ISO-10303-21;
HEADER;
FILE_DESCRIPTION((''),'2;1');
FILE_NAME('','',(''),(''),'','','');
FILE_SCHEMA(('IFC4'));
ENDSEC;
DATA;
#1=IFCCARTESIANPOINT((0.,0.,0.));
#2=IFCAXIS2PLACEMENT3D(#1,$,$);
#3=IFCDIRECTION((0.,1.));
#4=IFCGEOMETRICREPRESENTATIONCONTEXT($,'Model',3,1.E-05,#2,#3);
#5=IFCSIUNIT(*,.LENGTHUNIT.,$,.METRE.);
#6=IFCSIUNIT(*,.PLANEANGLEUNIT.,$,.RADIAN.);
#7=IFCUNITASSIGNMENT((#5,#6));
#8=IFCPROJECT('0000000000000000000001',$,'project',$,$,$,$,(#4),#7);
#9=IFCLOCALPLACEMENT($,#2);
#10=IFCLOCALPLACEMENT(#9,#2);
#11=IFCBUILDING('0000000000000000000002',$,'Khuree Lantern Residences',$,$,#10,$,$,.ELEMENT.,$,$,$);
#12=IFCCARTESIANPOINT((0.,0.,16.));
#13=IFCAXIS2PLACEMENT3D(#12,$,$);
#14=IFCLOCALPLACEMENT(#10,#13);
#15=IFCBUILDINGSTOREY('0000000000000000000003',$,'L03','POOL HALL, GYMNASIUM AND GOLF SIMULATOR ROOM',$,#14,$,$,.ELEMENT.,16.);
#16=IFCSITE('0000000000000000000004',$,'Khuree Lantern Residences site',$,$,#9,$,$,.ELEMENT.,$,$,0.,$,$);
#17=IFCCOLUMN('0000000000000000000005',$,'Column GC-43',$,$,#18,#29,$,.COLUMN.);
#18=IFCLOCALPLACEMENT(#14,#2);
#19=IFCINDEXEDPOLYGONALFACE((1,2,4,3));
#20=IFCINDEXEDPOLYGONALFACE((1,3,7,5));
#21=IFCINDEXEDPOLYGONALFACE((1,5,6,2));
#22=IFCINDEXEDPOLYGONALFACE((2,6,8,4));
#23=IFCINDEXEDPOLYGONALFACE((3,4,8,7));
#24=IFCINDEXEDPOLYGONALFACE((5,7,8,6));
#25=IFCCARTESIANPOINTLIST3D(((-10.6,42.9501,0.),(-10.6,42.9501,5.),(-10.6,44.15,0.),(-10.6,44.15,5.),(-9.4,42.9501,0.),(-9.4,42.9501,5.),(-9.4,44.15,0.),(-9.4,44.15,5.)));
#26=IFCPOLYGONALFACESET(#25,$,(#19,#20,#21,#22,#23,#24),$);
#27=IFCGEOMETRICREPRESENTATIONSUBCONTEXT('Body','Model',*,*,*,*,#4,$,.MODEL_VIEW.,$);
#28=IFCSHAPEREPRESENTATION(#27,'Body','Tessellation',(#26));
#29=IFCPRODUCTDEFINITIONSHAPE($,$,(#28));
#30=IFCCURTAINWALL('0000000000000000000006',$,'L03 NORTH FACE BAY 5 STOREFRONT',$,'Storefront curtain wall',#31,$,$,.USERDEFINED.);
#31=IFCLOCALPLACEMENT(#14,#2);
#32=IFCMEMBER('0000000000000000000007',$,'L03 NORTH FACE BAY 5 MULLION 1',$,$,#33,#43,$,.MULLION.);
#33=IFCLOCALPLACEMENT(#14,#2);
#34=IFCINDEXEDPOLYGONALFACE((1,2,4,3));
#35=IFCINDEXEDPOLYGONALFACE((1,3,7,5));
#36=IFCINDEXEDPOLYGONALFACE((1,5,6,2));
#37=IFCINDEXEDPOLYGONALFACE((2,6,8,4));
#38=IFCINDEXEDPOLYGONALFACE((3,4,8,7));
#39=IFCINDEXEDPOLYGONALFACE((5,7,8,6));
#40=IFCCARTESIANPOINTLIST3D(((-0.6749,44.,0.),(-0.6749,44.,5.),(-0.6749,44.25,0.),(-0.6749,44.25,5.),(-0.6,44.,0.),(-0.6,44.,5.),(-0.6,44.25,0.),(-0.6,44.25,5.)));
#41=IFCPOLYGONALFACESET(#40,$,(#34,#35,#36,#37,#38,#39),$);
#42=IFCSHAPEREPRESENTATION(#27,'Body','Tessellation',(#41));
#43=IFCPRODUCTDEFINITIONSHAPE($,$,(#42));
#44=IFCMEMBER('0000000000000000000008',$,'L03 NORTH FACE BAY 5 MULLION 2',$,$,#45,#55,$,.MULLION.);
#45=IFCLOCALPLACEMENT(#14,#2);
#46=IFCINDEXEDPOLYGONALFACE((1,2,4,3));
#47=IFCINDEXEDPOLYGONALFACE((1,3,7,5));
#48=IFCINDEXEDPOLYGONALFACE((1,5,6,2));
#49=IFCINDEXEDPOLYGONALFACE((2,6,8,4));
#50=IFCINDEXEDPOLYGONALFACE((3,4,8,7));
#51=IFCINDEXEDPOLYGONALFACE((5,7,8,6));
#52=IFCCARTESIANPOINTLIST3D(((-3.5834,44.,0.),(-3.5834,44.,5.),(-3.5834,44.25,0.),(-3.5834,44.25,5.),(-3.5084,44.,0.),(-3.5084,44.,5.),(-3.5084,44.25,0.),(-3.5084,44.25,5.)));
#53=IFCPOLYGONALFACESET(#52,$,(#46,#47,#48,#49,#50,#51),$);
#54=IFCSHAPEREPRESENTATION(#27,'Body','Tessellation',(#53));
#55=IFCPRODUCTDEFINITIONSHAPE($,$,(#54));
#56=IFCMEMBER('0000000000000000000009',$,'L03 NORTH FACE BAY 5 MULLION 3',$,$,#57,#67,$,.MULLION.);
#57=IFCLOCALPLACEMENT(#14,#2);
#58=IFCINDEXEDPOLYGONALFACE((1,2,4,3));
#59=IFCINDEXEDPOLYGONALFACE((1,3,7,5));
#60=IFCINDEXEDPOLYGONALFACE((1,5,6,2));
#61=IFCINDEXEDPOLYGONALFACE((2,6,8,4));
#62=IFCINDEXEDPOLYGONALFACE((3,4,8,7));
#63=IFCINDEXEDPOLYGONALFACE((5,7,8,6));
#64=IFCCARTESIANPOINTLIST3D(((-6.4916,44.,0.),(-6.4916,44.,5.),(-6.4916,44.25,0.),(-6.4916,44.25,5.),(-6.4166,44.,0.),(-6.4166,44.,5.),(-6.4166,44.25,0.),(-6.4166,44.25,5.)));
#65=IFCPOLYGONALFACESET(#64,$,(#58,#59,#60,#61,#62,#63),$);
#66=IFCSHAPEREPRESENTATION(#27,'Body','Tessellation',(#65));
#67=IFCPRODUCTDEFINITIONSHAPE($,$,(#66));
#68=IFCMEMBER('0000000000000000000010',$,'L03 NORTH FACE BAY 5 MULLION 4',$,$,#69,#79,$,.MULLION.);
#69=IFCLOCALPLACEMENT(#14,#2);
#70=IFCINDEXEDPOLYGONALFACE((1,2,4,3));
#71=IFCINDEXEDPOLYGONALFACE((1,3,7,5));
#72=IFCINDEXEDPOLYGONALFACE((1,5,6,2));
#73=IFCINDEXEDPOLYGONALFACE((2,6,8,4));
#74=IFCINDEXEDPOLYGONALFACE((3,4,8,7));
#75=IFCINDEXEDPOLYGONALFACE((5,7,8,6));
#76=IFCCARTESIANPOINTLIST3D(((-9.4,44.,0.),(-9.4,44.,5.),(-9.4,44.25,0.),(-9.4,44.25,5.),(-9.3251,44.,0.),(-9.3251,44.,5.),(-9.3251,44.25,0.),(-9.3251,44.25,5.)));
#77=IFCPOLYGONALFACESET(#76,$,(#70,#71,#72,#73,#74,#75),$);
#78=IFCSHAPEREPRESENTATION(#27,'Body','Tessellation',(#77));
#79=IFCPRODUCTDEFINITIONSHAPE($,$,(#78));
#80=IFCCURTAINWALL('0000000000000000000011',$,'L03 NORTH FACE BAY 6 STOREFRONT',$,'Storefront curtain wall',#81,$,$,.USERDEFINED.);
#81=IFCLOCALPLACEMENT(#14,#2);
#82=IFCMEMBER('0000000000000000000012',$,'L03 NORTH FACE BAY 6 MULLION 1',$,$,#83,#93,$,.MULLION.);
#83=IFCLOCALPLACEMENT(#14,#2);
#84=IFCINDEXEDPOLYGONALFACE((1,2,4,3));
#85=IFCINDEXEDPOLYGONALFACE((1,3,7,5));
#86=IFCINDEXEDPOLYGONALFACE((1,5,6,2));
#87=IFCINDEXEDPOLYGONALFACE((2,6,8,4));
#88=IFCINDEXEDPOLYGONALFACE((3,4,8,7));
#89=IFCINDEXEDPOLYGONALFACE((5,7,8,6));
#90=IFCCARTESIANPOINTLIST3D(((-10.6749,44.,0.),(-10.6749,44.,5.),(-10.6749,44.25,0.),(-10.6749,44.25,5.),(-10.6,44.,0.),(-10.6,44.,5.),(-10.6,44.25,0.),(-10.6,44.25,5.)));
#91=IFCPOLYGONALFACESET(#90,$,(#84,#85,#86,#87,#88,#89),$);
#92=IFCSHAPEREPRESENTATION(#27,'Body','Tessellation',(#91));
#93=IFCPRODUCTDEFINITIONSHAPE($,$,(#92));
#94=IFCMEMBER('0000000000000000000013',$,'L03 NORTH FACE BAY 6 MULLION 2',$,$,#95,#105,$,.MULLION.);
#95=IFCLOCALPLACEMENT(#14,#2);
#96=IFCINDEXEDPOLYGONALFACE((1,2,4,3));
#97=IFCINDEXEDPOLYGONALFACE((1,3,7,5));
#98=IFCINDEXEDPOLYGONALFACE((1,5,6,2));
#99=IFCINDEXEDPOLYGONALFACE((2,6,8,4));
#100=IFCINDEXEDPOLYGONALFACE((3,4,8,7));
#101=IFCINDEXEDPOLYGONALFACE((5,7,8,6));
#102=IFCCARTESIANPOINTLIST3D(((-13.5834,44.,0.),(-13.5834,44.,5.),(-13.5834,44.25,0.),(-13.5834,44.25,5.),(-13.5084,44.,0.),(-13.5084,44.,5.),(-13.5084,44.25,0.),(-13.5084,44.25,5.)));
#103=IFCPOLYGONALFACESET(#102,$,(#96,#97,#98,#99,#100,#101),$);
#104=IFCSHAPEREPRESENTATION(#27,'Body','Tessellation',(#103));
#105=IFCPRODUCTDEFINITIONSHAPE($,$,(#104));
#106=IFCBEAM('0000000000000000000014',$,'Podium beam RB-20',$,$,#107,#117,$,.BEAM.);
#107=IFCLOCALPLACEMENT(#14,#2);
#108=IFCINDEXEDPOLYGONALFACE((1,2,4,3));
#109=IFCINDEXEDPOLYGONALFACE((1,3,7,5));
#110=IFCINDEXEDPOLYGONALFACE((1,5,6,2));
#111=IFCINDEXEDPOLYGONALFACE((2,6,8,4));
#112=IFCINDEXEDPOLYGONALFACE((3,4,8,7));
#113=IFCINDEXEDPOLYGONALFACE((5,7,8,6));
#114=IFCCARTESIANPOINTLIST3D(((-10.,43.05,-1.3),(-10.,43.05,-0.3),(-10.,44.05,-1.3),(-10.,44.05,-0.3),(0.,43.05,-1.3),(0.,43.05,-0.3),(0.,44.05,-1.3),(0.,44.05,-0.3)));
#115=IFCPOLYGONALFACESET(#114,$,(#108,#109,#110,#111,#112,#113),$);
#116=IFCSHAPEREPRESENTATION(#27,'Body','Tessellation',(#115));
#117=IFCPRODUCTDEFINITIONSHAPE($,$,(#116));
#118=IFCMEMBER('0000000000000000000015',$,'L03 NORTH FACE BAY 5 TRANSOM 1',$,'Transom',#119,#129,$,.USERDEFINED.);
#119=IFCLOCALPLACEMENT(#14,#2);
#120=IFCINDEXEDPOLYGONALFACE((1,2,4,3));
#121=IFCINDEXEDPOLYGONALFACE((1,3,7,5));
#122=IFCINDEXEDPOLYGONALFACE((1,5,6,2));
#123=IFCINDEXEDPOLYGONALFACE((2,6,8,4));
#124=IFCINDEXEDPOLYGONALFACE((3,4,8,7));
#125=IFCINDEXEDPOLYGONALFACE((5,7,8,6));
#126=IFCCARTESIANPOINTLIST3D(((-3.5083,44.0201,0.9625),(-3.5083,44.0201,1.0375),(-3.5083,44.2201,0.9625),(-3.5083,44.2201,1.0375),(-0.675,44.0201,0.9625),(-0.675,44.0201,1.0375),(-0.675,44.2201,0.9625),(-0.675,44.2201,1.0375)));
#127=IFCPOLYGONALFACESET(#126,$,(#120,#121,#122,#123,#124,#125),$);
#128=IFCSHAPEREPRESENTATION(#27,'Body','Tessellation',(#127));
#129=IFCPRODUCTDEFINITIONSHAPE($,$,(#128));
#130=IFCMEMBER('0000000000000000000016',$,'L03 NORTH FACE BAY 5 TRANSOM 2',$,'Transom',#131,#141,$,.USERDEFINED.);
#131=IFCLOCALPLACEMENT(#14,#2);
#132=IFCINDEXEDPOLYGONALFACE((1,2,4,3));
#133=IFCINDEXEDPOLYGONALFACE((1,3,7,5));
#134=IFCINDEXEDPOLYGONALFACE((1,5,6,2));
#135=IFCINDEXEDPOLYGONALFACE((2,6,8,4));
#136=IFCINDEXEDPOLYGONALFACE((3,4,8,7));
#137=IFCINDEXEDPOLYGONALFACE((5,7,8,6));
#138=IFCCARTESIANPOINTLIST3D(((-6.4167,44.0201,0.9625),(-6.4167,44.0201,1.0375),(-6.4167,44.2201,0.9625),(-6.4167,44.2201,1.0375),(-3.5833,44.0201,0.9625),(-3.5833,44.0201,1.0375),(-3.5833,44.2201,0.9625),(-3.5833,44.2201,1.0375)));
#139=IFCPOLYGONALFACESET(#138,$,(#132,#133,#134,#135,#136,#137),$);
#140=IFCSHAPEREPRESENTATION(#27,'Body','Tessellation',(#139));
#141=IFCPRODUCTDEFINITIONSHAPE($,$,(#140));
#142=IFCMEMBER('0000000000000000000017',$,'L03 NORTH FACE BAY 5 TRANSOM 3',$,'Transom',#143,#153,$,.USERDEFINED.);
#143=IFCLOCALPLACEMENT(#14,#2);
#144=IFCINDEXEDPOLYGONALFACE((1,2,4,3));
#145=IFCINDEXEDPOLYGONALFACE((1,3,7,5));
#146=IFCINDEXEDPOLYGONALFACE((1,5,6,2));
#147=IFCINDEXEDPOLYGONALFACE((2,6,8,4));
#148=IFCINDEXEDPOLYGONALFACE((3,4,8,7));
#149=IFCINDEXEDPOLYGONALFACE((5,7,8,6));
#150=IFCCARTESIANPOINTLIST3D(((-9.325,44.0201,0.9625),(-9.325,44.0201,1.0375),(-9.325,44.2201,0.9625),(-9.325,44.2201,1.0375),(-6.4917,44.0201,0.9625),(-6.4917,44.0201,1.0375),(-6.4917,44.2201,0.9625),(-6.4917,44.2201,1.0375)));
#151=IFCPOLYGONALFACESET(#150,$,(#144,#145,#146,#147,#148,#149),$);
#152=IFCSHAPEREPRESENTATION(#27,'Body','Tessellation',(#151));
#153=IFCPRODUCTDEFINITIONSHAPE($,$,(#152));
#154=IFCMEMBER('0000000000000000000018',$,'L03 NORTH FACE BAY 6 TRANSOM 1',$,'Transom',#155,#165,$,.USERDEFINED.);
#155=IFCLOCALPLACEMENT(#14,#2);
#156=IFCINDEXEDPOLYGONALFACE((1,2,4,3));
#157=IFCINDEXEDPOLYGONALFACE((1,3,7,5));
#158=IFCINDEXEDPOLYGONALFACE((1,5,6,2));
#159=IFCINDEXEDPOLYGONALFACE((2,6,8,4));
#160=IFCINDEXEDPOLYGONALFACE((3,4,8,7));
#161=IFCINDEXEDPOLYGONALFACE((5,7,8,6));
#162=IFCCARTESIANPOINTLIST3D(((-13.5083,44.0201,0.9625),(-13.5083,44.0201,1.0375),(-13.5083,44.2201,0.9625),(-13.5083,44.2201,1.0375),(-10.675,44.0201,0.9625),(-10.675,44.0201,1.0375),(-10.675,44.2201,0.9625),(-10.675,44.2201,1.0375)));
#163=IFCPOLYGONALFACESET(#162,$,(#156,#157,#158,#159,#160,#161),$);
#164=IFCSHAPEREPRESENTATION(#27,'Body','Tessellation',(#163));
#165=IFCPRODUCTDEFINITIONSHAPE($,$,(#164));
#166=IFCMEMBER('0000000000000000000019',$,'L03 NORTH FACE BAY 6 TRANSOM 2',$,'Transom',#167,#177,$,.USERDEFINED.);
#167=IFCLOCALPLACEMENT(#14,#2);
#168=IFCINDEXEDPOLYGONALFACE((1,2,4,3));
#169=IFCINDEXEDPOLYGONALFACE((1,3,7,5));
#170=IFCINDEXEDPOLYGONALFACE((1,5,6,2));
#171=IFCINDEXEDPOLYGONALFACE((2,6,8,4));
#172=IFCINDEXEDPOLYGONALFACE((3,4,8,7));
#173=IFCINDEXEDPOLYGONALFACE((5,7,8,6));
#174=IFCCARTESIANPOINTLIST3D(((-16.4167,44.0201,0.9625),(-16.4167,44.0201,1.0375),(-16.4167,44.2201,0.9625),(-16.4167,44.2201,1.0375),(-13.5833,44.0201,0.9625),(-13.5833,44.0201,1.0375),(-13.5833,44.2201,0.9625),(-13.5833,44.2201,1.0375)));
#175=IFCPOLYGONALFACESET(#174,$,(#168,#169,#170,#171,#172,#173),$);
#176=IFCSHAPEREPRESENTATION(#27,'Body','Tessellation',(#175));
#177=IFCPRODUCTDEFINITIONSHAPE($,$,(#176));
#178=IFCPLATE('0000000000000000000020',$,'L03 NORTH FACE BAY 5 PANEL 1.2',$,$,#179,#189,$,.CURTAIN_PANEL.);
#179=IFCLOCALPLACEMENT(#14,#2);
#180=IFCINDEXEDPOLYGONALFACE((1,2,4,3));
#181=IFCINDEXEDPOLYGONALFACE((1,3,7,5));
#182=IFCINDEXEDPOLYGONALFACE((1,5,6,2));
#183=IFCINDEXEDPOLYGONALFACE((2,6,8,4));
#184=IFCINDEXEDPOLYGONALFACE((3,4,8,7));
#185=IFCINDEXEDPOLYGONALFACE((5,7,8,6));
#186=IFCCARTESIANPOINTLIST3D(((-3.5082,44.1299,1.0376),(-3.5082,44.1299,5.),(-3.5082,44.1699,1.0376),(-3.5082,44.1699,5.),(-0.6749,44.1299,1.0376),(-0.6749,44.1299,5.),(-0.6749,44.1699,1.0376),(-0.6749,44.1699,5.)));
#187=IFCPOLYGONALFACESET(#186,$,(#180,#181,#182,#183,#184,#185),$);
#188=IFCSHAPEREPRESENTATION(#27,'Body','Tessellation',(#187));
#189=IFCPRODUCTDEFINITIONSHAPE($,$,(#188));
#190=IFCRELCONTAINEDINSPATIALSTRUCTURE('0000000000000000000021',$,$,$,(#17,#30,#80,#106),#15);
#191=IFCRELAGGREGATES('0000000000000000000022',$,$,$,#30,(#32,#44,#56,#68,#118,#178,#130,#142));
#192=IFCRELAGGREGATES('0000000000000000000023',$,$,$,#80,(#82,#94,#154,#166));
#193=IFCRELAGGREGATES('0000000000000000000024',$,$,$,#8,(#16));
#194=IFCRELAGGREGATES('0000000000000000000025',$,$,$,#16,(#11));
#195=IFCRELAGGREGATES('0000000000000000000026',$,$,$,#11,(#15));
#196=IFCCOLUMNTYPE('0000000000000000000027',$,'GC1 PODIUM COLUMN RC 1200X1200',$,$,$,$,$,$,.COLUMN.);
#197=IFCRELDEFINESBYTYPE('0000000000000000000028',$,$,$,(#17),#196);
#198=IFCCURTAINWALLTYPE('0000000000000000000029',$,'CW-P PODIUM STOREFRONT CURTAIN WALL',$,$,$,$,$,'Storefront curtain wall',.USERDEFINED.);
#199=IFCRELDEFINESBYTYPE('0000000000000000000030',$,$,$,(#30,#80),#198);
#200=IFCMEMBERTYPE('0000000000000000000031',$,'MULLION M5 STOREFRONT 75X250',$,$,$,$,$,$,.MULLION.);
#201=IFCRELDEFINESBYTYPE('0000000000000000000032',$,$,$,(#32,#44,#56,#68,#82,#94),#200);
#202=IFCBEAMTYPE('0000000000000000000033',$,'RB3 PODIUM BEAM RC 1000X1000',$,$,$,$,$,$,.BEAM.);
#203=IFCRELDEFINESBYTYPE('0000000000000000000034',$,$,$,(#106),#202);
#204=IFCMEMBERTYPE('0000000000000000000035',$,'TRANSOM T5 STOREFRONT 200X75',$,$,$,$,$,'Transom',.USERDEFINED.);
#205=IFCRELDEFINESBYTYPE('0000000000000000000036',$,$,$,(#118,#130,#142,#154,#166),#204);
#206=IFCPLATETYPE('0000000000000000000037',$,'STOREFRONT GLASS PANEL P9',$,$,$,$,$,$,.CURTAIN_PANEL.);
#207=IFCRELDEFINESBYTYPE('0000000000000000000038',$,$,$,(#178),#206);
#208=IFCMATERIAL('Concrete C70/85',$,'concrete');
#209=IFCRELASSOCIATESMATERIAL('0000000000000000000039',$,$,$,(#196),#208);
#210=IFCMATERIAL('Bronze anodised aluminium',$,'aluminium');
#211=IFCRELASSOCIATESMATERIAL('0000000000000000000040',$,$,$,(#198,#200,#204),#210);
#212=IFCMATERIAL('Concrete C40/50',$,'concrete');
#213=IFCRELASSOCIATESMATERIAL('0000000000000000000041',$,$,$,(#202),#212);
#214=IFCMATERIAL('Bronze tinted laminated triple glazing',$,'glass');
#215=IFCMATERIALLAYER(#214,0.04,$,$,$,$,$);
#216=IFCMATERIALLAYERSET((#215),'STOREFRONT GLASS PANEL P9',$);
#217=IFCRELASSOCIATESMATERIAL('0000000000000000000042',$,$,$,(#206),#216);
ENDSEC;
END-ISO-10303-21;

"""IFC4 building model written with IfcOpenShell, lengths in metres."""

from ifc_helpers import new_model, si_unit, direction, frame, origin, origin_2d, place, context, subcontext, project, spatial, rectangle, extrude, material, layer, layer_set, material_profile, profile_set, type_object, element, aggregate, save


model = new_model("IFC4")

# Units and contexts
model_context = context("Model", 3, precision=1e-05, world=origin(), true_north=direction((0.0, 1.0)))
body_context = subcontext(model_context, "Body", "Model", "MODEL_VIEW")
ifc_project = project(units=[si_unit("LENGTHUNIT", "METRE"), si_unit("PLANEANGLEUNIT", "RADIAN")], contexts=[model_context])

# Site, building, storey
site_placement = place(None, origin())
site = spatial("IfcSite", under=ifc_project, at=site_placement, Name="Khuree Lantern Residences site", CompositionType="ELEMENT", RefElevation=0.0)
building_placement = place(site_placement, origin())
building = spatial("IfcBuilding", under=site, at=building_placement, Name="Khuree Lantern Residences", CompositionType="ELEMENT")
storey_placement = place(building_placement, frame((0.0, 0.0, 16.0)))
storey = spatial("IfcBuildingStorey", under=building, at=storey_placement, Name="L03", Description="POOL HALL, GYMNASIUM AND GOLF SIMULATOR ROOM", CompositionType="ELEMENT", Elevation=16.0)

# Column
ifc_material_1 = material(Name="Concrete C70/85", Category="concrete")
ifc_material_profile_1 = material_profile(ifc_material_1, rectangle(XDim=1.2, YDim=1.2, at=origin_2d()), Name="RC 1200X1200")
ifc_profile_set_1 = profile_set([ifc_material_profile_1], Name="Concrete C70/85")
column_type = type_object("IfcColumnType", Name="GC1 PODIUM COLUMN RC 1200X1200", PredefinedType="COLUMN", material=ifc_profile_set_1)
column_placement = place(storey_placement, frame((-10.0, 43.55, 0.0), z_axis=(0.0, 0.0, 1.0), x_axis=(1.0, 0.0, 0.0)))
element("IfcColumn", 1, at=column_placement, inside=storey, type_object=column_type, Name="Column GC-43", PredefinedType="COLUMN", context=body_context, shape_type="SweptSolid", body=[
    extrude(rectangle(XDim=1.2, YDim=1.2, at=origin_2d()), origin(), (0.0, 0.0, 1.0), 5.0),
])

# Curtain walls, members
ifc_material_2 = material(Name="Bronze anodised aluminium", Category="aluminium")
curtain_wall_type = type_object("IfcCurtainWallType", Name="CW-P PODIUM STOREFRONT CURTAIN WALL", ElementType="Storefront curtain wall", PredefinedType="USERDEFINED", material=ifc_material_2)
curtain_wall_1_placement = place(storey_placement, origin())
curtain_wall_1 = element("IfcCurtainWall", 2, at=curtain_wall_1_placement, inside=storey, type_object=curtain_wall_type, Name="L03 NORTH FACE BAY 5 STOREFRONT", ObjectType="Storefront curtain wall", PredefinedType="USERDEFINED")
ifc_material_profile_2 = material_profile(ifc_material_2, rectangle(XDim=0.075, YDim=0.25, at=origin_2d()), Name="M5 75X250")
ifc_profile_set_2 = profile_set([ifc_material_profile_2], Name="Bronze anodised aluminium")
member_type_1 = type_object("IfcMemberType", Name="MULLION M5 STOREFRONT 75X250", PredefinedType="MULLION", material=ifc_profile_set_2)
member_1_placement = place(storey_placement, frame((-0.6375, 44.125, 0.0), z_axis=(0.0, 0.0, 1.0), x_axis=(-1.0, 0.0, 0.0)))
member_1 = element("IfcMember", 3, at=member_1_placement, type_object=member_type_1, Name="L03 NORTH FACE BAY 5 MULLION 1", PredefinedType="MULLION", context=body_context, shape_type="SweptSolid", body=[
    extrude(rectangle(XDim=0.075, YDim=0.25, at=origin_2d()), origin(), (0.0, 0.0, 1.0), 5.0),
])
member_2_placement = place(storey_placement, frame((-3.5459, 44.125, 0.0), z_axis=(0.0, 0.0, 1.0), x_axis=(-1.0, 0.0, 0.0)))
member_2 = element("IfcMember", 4, at=member_2_placement, type_object=member_type_1, Name="L03 NORTH FACE BAY 5 MULLION 2", PredefinedType="MULLION", context=body_context, shape_type="SweptSolid", body=[
    extrude(rectangle(XDim=0.075, YDim=0.25, at=origin_2d()), origin(), (0.0, 0.0, 1.0), 5.0),
])
member_3_placement = place(storey_placement, frame((-6.4541, 44.125, 0.0), z_axis=(0.0, 0.0, 1.0), x_axis=(-1.0, 0.0, 0.0)))
member_3 = element("IfcMember", 5, at=member_3_placement, type_object=member_type_1, Name="L03 NORTH FACE BAY 5 MULLION 3", PredefinedType="MULLION", context=body_context, shape_type="SweptSolid", body=[
    extrude(rectangle(XDim=0.075, YDim=0.25, at=origin_2d()), origin(), (0.0, 0.0, 1.0), 5.0),
])
member_4_placement = place(storey_placement, frame((-9.3625, 44.125, 0.0), z_axis=(0.0, 0.0, 1.0), x_axis=(-1.0, 0.0, 0.0)))
member_4 = element("IfcMember", 6, at=member_4_placement, type_object=member_type_1, Name="L03 NORTH FACE BAY 5 MULLION 4", PredefinedType="MULLION", context=body_context, shape_type="SweptSolid", body=[
    extrude(rectangle(XDim=0.075, YDim=0.25, at=origin_2d()), origin(), (0.0, 0.0, 1.0), 5.0),
])
curtain_wall_2_placement = place(storey_placement, origin())
curtain_wall_2 = element("IfcCurtainWall", 7, at=curtain_wall_2_placement, inside=storey, type_object=curtain_wall_type, Name="L03 NORTH FACE BAY 6 STOREFRONT", ObjectType="Storefront curtain wall", PredefinedType="USERDEFINED")
member_5_placement = place(storey_placement, frame((-10.6375, 44.125, 0.0), z_axis=(0.0, 0.0, 1.0), x_axis=(-1.0, 0.0, 0.0)))
member_5 = element("IfcMember", 8, at=member_5_placement, type_object=member_type_1, Name="L03 NORTH FACE BAY 6 MULLION 1", PredefinedType="MULLION", context=body_context, shape_type="SweptSolid", body=[
    extrude(rectangle(XDim=0.075, YDim=0.25, at=origin_2d()), origin(), (0.0, 0.0, 1.0), 5.0),
])
member_6_placement = place(storey_placement, frame((-13.5459, 44.125, 0.0), z_axis=(0.0, 0.0, 1.0), x_axis=(-1.0, 0.0, 0.0)))
member_6 = element("IfcMember", 9, at=member_6_placement, type_object=member_type_1, Name="L03 NORTH FACE BAY 6 MULLION 2", PredefinedType="MULLION", context=body_context, shape_type="SweptSolid", body=[
    extrude(rectangle(XDim=0.075, YDim=0.25, at=origin_2d()), origin(), (0.0, 0.0, 1.0), 5.0),
])

# Beam
ifc_material_3 = material(Name="Concrete C40/50", Category="concrete")
ifc_material_profile_3 = material_profile(ifc_material_3, rectangle(XDim=1.0, YDim=1.0, at=origin_2d()), Name="RC 1000X1000")
ifc_profile_set_3 = profile_set([ifc_material_profile_3], Name="Concrete C40/50")
beam_type = type_object("IfcBeamType", Name="RB3 PODIUM BEAM RC 1000X1000", PredefinedType="BEAM", material=ifc_profile_set_3)
beam_placement = place(storey_placement, frame((-10.0, 43.55, -0.8), z_axis=(1.0, 0.0, 0.0), x_axis=(0.0, 1.0, 0.0)))
element("IfcBeam", 10, at=beam_placement, inside=storey, type_object=beam_type, Name="Podium beam RB-20", PredefinedType="BEAM", context=body_context, shape_type="SweptSolid", body=[
    extrude(rectangle(XDim=1.0, YDim=1.0, at=origin_2d()), origin(), (0.0, 0.0, 1.0), 10.0),
])

# Members
ifc_material_profile_4 = material_profile(ifc_material_2, rectangle(XDim=0.2, YDim=0.075, at=origin_2d()), Name="T5 200X75")
ifc_profile_set_4 = profile_set([ifc_material_profile_4], Name="Bronze anodised aluminium")
member_type_2 = type_object("IfcMemberType", Name="TRANSOM T5 STOREFRONT 200X75", ElementType="Transom", PredefinedType="USERDEFINED", material=ifc_profile_set_4)
member_7_placement = place(storey_placement, frame((-0.675, 44.1201, 1.0), z_axis=(-1.0, 0.0, 0.0), x_axis=(0.0, -1.0, 0.0)))
member_7 = element("IfcMember", 11, at=member_7_placement, type_object=member_type_2, Name="L03 NORTH FACE BAY 5 TRANSOM 1", ObjectType="Transom", PredefinedType="USERDEFINED", context=body_context, shape_type="SweptSolid", body=[
    extrude(rectangle(XDim=0.2, YDim=0.075, at=origin_2d()), origin(), (0.0, 0.0, 1.0), 2.8333),
])
member_8_placement = place(storey_placement, frame((-3.5833, 44.1201, 1.0), z_axis=(-1.0, 0.0, 0.0), x_axis=(0.0, -1.0, 0.0)))
member_8 = element("IfcMember", 12, at=member_8_placement, type_object=member_type_2, Name="L03 NORTH FACE BAY 5 TRANSOM 2", ObjectType="Transom", PredefinedType="USERDEFINED", context=body_context, shape_type="SweptSolid", body=[
    extrude(rectangle(XDim=0.2, YDim=0.075, at=origin_2d()), origin(), (0.0, 0.0, 1.0), 2.8335),
])
member_9_placement = place(storey_placement, frame((-6.4917, 44.1201, 1.0), z_axis=(-1.0, 0.0, 0.0), x_axis=(0.0, -1.0, 0.0)))
member_9 = element("IfcMember", 13, at=member_9_placement, type_object=member_type_2, Name="L03 NORTH FACE BAY 5 TRANSOM 3", ObjectType="Transom", PredefinedType="USERDEFINED", context=body_context, shape_type="SweptSolid", body=[
    extrude(rectangle(XDim=0.2, YDim=0.075, at=origin_2d()), origin(), (0.0, 0.0, 1.0), 2.8333),
])
member_10_placement = place(storey_placement, frame((-10.675, 44.1201, 1.0), z_axis=(-1.0, 0.0, 0.0), x_axis=(0.0, -1.0, 0.0)))
member_10 = element("IfcMember", 14, at=member_10_placement, type_object=member_type_2, Name="L03 NORTH FACE BAY 6 TRANSOM 1", ObjectType="Transom", PredefinedType="USERDEFINED", context=body_context, shape_type="SweptSolid", body=[
    extrude(rectangle(XDim=0.2, YDim=0.075, at=origin_2d()), origin(), (0.0, 0.0, 1.0), 2.8333),
])
member_11_placement = place(storey_placement, frame((-13.5833, 44.1201, 1.0), z_axis=(-1.0, 0.0, 0.0), x_axis=(0.0, -1.0, 0.0)))
member_11 = element("IfcMember", 15, at=member_11_placement, type_object=member_type_2, Name="L03 NORTH FACE BAY 6 TRANSOM 2", ObjectType="Transom", PredefinedType="USERDEFINED", context=body_context, shape_type="SweptSolid", body=[
    extrude(rectangle(XDim=0.2, YDim=0.075, at=origin_2d()), origin(), (0.0, 0.0, 1.0), 2.8335),
])

# Plate
ifc_material_4 = material(Name="Bronze tinted laminated triple glazing", Category="glass")
ifc_layer_1 = layer(ifc_material_4, 0.04)
ifc_layer_set_1 = layer_set([ifc_layer_1], Name="STOREFRONT GLASS PANEL P9")
plate_type_1 = type_object("IfcPlateType", Name="STOREFRONT GLASS PANEL P9", PredefinedType="CURTAIN_PANEL", material=ifc_layer_set_1)
plate_1_placement = place(storey_placement, frame((-2.0916, 44.1499, 1.0376), z_axis=(0.0, 0.0, 1.0), x_axis=(-1.0, 0.0, 0.0)))
plate_1 = element("IfcPlate", 16, at=plate_1_placement, type_object=plate_type_1, Name="L03 NORTH FACE BAY 5 PANEL 1.2", PredefinedType="CURTAIN_PANEL", context=body_context, shape_type="SweptSolid", body=[
    extrude(rectangle(XDim=2.8333, YDim=0.04, at=origin_2d()), origin(), (0.0, 0.0, 1.0), 3.9624),
])
aggregate(curtain_wall_1, [member_1, member_2, member_3, member_4, member_7, plate_1, member_8, member_9])
aggregate(curtain_wall_2, [member_5, member_6, member_10, member_11])

save(model, "model.ifc")
